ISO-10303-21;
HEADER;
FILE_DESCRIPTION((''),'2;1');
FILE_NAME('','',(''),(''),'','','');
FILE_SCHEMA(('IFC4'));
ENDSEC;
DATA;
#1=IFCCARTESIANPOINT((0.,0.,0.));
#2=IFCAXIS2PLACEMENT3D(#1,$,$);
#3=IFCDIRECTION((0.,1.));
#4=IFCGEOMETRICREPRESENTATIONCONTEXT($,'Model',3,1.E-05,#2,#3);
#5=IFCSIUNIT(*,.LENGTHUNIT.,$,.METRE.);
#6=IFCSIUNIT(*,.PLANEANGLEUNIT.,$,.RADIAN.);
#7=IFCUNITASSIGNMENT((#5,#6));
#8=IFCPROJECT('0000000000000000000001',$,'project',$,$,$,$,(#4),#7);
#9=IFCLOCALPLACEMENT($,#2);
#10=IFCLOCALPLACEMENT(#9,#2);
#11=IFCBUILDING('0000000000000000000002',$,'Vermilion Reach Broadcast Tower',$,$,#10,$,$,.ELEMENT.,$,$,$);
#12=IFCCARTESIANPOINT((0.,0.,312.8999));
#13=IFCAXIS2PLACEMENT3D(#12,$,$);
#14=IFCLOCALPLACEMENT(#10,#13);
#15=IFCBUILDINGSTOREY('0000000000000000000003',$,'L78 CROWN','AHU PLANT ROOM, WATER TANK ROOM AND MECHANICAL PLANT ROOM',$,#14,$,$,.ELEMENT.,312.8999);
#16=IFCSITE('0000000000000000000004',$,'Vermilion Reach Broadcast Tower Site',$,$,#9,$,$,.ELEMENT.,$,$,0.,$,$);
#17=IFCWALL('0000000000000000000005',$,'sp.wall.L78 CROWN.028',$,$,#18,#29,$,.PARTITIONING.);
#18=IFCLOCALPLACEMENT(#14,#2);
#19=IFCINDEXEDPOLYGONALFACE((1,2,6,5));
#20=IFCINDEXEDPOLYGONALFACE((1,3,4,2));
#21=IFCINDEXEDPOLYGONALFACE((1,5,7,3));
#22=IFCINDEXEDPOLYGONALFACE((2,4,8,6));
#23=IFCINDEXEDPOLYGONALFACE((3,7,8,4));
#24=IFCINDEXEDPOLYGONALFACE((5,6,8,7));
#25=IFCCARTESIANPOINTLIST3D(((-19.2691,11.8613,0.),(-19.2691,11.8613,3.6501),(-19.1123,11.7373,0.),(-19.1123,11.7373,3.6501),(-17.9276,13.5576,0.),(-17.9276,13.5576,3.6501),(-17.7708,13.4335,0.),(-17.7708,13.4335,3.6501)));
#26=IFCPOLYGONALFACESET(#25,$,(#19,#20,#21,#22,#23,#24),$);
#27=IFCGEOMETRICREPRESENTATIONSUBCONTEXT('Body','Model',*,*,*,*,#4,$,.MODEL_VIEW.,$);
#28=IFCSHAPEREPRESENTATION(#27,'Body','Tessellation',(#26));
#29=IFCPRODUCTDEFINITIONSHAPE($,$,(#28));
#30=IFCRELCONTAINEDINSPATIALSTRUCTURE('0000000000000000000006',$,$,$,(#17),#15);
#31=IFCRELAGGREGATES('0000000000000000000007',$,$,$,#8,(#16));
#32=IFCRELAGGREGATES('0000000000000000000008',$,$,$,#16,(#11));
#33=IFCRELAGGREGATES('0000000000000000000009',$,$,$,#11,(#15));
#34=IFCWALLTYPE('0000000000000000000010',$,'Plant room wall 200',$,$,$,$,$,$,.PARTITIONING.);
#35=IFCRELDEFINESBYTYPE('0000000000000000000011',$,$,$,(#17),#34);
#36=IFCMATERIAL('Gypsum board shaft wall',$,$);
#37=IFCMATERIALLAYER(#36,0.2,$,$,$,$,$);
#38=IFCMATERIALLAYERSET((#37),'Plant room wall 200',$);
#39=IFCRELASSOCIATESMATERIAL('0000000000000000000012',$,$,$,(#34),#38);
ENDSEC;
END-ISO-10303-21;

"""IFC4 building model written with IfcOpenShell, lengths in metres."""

from ifc_helpers import new_model, si_unit, direction, frame, frame_2d, origin, place, context, subcontext, project, spatial, rectangle, extrude, material, layer, layer_set, type_object, element, save


model = new_model("IFC4")

# Units and contexts
model_context = context("Model", 3, precision=1e-05, world=origin(), true_north=direction((0.0, 1.0)))
body_context = subcontext(model_context, "Body", "Model", "MODEL_VIEW")
ifc_project = project(units=[si_unit("LENGTHUNIT", "METRE"), si_unit("PLANEANGLEUNIT", "RADIAN")], contexts=[model_context])

# Site, building, storey
site_placement = place(None, origin())
site = spatial("IfcSite", under=ifc_project, at=site_placement, Name="Vermilion Reach Broadcast Tower Site", CompositionType="ELEMENT", RefElevation=0.0)
building_placement = place(site_placement, origin())
building = spatial("IfcBuilding", under=site, at=building_placement, Name="Vermilion Reach Broadcast Tower", CompositionType="ELEMENT")
storey_placement = place(building_placement, frame((0.0, 0.0, 312.8999)))
storey = spatial("IfcBuildingStorey", under=building, at=storey_placement, Name="L78 CROWN", Description="AHU PLANT ROOM, WATER TANK ROOM AND MECHANICAL PLANT ROOM", CompositionType="ELEMENT", Elevation=312.8999)

# Shared definitions
ifc_material_1 = material(Name="Gypsum board shaft wall")
ifc_layer_1 = layer(ifc_material_1, 0.2)
ifc_layer_set_1 = layer_set([ifc_layer_1], Name="Plant room wall 200")
wall_type_1 = type_object("IfcWallType", Name="Plant room wall 200", PredefinedType="PARTITIONING", material=ifc_layer_set_1)

# Wall
wall_1_placement = place(storey_placement, frame((-19.1907, 11.7993, 0.0), z_axis=(0.0, 0.0, 1.0), x_axis=(0.620321, 0.784348, 0.0)))
element("IfcWall", 1, at=wall_1_placement, inside=storey, type_object=wall_type_1, Name="sp.wall.L78 CROWN.028", PredefinedType="PARTITIONING", context=body_context, shape_type="SweptSolid", body=[
    extrude(rectangle(XDim=2.1626, YDim=0.2, at=frame_2d((1.0813, 0.0))), origin(), (0.0, 0.0, 1.0), 3.6501),
])

save(model, "model.ifc")
